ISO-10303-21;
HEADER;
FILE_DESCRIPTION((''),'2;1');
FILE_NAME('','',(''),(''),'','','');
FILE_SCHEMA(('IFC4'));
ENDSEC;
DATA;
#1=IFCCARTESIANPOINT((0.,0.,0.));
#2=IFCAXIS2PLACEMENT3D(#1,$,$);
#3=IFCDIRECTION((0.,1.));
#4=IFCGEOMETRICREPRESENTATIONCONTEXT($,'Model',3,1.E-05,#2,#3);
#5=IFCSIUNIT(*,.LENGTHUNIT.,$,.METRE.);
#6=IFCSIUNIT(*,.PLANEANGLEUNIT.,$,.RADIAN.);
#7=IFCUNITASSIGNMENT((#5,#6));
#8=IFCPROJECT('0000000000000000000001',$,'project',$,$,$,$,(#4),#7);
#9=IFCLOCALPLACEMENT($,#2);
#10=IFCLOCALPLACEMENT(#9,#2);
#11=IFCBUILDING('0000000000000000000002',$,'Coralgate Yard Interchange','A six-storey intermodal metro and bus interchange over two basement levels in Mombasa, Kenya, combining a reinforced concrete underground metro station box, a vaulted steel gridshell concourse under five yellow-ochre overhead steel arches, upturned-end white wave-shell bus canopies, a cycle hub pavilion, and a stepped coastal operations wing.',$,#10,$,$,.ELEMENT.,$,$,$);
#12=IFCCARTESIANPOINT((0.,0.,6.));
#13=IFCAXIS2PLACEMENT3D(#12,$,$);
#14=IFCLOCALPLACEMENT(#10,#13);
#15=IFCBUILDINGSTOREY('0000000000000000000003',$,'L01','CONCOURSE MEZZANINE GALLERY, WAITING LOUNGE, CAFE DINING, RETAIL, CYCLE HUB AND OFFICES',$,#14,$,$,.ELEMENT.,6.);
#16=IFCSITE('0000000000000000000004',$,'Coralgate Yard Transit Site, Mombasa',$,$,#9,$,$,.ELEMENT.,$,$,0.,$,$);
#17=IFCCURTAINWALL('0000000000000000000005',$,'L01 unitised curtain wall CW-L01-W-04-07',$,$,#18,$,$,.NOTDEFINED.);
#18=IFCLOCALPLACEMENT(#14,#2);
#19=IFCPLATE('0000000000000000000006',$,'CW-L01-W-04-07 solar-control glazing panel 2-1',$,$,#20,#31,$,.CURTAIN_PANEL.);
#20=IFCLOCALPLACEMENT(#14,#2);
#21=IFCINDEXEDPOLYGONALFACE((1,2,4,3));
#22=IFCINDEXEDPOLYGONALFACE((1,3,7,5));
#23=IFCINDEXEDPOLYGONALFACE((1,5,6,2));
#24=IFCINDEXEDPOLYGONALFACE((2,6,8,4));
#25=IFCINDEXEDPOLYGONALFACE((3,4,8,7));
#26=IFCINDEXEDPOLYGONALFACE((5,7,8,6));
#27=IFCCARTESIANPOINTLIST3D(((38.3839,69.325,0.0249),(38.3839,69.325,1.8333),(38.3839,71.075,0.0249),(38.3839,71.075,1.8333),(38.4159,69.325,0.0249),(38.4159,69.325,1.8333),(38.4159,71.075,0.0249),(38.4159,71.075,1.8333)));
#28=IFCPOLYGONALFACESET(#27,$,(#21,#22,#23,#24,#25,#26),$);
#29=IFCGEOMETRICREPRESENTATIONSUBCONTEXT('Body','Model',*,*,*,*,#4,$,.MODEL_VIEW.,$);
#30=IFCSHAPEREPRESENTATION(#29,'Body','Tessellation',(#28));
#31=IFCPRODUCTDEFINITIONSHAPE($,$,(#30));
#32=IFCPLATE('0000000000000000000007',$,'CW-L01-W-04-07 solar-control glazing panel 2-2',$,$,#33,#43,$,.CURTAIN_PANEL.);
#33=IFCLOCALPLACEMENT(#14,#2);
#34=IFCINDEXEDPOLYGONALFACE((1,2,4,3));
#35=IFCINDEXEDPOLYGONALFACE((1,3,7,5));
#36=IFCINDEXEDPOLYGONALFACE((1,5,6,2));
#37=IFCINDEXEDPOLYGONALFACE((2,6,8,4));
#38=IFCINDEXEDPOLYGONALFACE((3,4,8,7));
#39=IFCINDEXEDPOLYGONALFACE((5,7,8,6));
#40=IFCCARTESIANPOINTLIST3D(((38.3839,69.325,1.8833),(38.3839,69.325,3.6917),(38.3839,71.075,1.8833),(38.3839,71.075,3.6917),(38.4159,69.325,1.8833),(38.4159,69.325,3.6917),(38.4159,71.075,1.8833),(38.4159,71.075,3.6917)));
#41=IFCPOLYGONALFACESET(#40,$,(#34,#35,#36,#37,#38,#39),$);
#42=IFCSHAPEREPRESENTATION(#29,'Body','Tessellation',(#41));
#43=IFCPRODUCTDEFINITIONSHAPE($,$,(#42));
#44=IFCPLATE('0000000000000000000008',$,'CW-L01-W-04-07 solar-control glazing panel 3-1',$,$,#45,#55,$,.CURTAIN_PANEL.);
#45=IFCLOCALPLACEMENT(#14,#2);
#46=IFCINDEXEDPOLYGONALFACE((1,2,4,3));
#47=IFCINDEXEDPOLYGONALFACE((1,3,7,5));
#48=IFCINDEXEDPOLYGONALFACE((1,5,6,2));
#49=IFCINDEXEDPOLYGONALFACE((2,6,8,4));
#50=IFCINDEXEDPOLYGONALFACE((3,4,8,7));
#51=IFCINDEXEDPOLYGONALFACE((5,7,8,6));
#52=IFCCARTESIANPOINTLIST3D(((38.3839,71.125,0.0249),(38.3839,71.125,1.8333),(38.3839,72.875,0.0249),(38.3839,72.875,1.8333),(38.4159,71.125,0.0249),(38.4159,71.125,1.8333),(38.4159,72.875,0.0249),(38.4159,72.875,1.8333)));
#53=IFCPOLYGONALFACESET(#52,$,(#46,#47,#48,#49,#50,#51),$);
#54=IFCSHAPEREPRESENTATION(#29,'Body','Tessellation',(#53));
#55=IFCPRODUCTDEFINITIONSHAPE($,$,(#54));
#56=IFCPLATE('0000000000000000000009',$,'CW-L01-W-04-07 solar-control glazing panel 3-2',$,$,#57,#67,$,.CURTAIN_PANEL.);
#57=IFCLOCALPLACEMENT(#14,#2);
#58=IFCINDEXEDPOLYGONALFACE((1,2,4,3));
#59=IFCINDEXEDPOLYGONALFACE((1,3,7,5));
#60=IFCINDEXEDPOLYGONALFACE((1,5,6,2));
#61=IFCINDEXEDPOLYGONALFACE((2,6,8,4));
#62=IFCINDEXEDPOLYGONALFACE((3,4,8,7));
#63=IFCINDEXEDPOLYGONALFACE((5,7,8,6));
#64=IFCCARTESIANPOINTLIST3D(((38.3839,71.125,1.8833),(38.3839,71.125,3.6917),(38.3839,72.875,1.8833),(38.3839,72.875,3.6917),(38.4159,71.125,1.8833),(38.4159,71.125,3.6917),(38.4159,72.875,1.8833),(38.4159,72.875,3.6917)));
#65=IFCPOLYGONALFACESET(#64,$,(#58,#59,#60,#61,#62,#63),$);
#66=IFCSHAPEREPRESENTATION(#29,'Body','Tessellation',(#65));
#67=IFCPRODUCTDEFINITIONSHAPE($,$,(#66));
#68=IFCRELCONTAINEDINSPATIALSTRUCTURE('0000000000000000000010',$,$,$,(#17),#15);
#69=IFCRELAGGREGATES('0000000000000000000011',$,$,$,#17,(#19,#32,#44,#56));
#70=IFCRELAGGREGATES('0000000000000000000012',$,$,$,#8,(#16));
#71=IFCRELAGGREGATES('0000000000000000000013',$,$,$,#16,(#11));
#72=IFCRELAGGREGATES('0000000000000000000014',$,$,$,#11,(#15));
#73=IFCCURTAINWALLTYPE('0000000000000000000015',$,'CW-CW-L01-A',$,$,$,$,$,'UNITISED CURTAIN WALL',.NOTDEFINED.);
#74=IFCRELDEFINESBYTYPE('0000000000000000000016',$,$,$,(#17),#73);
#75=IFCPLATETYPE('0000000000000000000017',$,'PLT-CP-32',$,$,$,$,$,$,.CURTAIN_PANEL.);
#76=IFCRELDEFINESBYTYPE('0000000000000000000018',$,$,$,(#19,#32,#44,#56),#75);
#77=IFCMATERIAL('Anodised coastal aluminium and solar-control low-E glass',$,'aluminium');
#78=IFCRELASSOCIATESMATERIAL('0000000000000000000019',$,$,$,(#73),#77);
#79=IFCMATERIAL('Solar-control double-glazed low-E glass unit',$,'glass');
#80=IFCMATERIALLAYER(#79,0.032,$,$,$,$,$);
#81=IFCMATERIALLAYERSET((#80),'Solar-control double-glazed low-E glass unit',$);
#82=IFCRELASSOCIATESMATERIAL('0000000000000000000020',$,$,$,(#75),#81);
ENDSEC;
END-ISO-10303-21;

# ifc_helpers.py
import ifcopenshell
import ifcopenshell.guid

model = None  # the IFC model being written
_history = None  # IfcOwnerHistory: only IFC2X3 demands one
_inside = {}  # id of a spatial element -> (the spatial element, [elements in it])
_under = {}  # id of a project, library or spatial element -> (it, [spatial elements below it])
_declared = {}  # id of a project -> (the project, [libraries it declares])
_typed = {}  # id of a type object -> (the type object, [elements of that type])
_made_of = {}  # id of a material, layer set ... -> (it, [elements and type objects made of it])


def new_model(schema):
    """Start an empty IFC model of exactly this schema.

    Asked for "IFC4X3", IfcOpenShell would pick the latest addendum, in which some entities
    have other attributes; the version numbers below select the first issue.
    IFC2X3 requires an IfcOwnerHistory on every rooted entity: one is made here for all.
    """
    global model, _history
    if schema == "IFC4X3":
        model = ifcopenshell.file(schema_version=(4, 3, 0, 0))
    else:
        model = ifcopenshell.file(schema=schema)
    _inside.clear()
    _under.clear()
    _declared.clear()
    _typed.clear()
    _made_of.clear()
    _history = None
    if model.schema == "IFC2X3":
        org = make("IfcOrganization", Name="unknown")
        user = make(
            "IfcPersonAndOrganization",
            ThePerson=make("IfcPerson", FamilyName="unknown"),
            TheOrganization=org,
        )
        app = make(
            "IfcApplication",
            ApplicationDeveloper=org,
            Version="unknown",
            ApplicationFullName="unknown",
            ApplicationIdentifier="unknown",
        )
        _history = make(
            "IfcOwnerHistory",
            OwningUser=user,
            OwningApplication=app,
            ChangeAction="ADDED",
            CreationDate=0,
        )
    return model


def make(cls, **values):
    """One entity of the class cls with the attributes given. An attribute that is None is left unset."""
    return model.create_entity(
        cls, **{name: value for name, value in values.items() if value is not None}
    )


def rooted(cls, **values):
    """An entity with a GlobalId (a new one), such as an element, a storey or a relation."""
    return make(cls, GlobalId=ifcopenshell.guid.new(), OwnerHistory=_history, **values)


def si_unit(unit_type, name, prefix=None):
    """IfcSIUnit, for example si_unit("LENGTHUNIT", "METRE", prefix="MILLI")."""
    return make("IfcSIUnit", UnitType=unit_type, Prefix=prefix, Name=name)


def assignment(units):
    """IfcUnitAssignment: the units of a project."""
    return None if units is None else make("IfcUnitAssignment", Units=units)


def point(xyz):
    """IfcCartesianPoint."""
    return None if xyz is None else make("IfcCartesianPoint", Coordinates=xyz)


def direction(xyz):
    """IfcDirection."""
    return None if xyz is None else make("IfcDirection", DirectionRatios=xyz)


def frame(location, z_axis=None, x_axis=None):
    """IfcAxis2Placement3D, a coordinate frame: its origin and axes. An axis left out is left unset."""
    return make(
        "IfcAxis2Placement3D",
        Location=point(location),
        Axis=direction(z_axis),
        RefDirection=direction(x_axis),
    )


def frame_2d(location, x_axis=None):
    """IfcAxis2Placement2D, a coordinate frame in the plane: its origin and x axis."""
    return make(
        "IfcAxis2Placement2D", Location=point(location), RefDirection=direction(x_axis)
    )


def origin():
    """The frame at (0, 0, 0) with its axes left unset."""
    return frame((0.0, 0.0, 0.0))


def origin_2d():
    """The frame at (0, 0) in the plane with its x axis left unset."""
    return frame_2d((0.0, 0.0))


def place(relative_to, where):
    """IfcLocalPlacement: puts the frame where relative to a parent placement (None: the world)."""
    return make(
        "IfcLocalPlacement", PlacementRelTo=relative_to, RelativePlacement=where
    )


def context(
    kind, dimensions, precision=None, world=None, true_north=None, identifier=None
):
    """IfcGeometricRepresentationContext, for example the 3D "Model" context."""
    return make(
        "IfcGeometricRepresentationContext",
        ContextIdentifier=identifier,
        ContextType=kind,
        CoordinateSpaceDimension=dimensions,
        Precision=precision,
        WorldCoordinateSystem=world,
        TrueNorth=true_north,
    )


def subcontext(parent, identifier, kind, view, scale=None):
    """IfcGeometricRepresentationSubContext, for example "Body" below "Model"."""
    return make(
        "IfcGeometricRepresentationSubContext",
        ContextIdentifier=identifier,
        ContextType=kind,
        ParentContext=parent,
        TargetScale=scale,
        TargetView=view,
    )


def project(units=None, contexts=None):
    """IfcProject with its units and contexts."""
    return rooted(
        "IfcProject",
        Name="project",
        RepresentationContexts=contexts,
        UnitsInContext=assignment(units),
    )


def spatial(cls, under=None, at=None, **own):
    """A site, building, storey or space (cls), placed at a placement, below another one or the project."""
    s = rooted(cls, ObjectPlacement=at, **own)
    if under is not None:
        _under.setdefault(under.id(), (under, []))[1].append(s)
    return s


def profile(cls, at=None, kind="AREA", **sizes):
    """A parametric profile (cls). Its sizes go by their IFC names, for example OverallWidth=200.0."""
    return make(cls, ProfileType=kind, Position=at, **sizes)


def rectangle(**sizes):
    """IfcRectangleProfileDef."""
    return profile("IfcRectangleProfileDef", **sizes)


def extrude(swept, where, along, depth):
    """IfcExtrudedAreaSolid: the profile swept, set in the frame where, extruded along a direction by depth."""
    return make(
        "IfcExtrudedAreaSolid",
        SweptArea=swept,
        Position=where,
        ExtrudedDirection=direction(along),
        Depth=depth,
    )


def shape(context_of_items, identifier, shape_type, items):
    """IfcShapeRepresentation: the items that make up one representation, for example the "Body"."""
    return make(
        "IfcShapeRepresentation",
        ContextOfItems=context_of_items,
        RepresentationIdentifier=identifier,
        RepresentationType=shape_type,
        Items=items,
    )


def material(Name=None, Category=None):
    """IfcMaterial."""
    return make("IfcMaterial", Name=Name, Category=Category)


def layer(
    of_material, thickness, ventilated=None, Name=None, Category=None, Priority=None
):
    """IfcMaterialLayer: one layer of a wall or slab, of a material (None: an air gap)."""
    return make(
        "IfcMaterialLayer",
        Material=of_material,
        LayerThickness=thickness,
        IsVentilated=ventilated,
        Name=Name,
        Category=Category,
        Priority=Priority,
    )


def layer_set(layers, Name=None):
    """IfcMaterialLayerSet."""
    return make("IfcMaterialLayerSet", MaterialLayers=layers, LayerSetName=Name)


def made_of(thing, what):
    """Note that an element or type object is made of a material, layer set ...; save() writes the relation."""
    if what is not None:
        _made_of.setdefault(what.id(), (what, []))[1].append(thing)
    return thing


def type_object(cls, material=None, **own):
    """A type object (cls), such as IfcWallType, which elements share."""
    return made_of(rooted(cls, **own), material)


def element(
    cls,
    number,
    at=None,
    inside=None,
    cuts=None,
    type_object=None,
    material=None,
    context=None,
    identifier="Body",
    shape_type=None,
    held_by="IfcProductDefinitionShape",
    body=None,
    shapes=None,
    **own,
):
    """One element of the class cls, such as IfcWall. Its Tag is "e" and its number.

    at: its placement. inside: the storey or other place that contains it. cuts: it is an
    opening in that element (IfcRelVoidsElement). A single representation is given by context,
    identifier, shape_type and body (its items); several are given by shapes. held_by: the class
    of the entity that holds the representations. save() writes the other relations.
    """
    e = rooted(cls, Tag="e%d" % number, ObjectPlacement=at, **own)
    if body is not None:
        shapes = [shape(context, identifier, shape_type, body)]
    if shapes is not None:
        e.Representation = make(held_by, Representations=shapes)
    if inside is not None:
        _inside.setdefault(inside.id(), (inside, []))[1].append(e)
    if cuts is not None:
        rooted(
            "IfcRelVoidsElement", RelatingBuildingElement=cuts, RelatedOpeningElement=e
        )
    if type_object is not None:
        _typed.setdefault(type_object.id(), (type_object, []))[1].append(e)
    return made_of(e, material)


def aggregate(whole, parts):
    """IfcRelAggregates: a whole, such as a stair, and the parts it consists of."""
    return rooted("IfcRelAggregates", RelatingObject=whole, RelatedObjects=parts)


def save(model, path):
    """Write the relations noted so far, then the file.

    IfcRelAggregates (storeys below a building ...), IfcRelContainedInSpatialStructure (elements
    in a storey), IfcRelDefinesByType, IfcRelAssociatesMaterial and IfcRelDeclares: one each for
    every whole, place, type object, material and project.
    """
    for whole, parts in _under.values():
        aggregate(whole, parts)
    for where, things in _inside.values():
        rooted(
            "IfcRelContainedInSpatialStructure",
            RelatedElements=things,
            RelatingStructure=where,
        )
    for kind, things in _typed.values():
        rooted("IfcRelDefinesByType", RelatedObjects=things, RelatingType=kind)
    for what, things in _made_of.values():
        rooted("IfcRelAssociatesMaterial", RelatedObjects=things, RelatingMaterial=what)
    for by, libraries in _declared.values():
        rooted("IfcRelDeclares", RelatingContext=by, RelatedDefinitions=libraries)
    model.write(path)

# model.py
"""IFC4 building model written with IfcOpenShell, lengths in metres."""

from ifc_helpers import new_model, si_unit, direction, frame, origin, origin_2d, place, context, subcontext, project, spatial, rectangle, extrude, material, layer, layer_set, type_object, element, aggregate, save


model = new_model("IFC4")

# Units and contexts
model_context = context("Model", 3, precision=1e-05, world=origin(), true_north=direction((0.0, 1.0)))
body_context = subcontext(model_context, "Body", "Model", "MODEL_VIEW")
ifc_project = project(units=[si_unit("LENGTHUNIT", "METRE"), si_unit("PLANEANGLEUNIT", "RADIAN")], contexts=[model_context])

# Site, building, storey
site_placement = place(None, origin())
site = spatial("IfcSite", under=ifc_project, at=site_placement, Name="Coralgate Yard Transit Site, Mombasa", CompositionType="ELEMENT", RefElevation=0.0)
building_placement = place(site_placement, origin())
building = spatial("IfcBuilding", under=site, at=building_placement, Name="Coralgate Yard Interchange", Description="A six-storey intermodal metro and bus interchange over two basement levels in Mombasa, Kenya, combining a reinforced concrete underground metro station box, a vaulted steel gridshell concourse under five yellow-ochre overhead steel arches, upturned-end white wave-shell bus canopies, a cycle hub pavilion, and a stepped coastal operations wing.", CompositionType="ELEMENT")
storey_placement = place(building_placement, frame((0.0, 0.0, 6.0)))
storey = spatial("IfcBuildingStorey", under=building, at=storey_placement, Name="L01", Description="CONCOURSE MEZZANINE GALLERY, WAITING LOUNGE, CAFE DINING, RETAIL, CYCLE HUB AND OFFICES", CompositionType="ELEMENT", Elevation=6.0)

# Shared definitions
ifc_material_1 = material(Name="Anodised coastal aluminium and solar-control low-E glass", Category="aluminium")
curtain_wall_type = type_object("IfcCurtainWallType", Name="CW-CW-L01-A", ElementType="UNITISED CURTAIN WALL", PredefinedType="NOTDEFINED", material=ifc_material_1)

# Curtain wall
curtain_wall_1_placement = place(storey_placement, origin())
curtain_wall_1 = element("IfcCurtainWall", 1, at=curtain_wall_1_placement, inside=storey, type_object=curtain_wall_type, Name="L01 unitised curtain wall CW-L01-W-04-07", PredefinedType="NOTDEFINED")

# Plates
ifc_material_2 = material(Name="Solar-control double-glazed low-E glass unit", Category="glass")
ifc_layer = layer(ifc_material_2, 0.032)
ifc_layer_set = layer_set([ifc_layer], Name="Solar-control double-glazed low-E glass unit")
plate_type = type_object("IfcPlateType", Name="PLT-CP-32", PredefinedType="CURTAIN_PANEL", material=ifc_layer_set)
plate_1_placement = place(storey_placement, frame((38.3999, 70.2, 0.0249), z_axis=(0.0, 0.0, 1.0), x_axis=(0.0, 1.0, 0.0)))
plate_1 = element("IfcPlate", 2, at=plate_1_placement, type_object=plate_type, Name="CW-L01-W-04-07 solar-control glazing panel 2-1", PredefinedType="CURTAIN_PANEL", context=body_context, shape_type="SweptSolid", body=[
    extrude(rectangle(XDim=1.75, YDim=0.032, at=origin_2d()), origin(), (0.0, 0.0, 1.0), 1.8083),
])
plate_2_placement = place(storey_placement, frame((38.3999, 70.2, 1.8833), z_axis=(0.0, 0.0, 1.0), x_axis=(0.0, 1.0, 0.0)))
plate_2 = element("IfcPlate", 3, at=plate_2_placement, type_object=plate_type, Name="CW-L01-W-04-07 solar-control glazing panel 2-2", PredefinedType="CURTAIN_PANEL", context=body_context, shape_type="SweptSolid", body=[
    extrude(rectangle(XDim=1.75, YDim=0.032, at=origin_2d()), origin(), (0.0, 0.0, 1.0), 1.8083),
])
plate_3_placement = place(storey_placement, frame((38.3999, 72.0, 0.0249), z_axis=(0.0, 0.0, 1.0), x_axis=(0.0, 1.0, 0.0)))
plate_3 = element("IfcPlate", 4, at=plate_3_placement, type_object=plate_type, Name="CW-L01-W-04-07 solar-control glazing panel 3-1", PredefinedType="CURTAIN_PANEL", context=body_context, shape_type="SweptSolid", body=[
    extrude(rectangle(XDim=1.75, YDim=0.032, at=origin_2d()), origin(), (0.0, 0.0, 1.0), 1.8083),
])
plate_4_placement = place(storey_placement, frame((38.3999, 72.0, 1.8833), z_axis=(0.0, 0.0, 1.0), x_axis=(0.0, 1.0, 0.0)))
plate_4 = element("IfcPlate", 5, at=plate_4_placement, type_object=plate_type, Name="CW-L01-W-04-07 solar-control glazing panel 3-2", PredefinedType="CURTAIN_PANEL", context=body_context, shape_type="SweptSolid", body=[
    extrude(rectangle(XDim=1.75, YDim=0.032, at=origin_2d()), origin(), (0.0, 0.0, 1.0), 1.8083),
])
aggregate(curtain_wall_1, [plate_1, plate_2, plate_3, plate_4])

save(model, "model.ifc")
